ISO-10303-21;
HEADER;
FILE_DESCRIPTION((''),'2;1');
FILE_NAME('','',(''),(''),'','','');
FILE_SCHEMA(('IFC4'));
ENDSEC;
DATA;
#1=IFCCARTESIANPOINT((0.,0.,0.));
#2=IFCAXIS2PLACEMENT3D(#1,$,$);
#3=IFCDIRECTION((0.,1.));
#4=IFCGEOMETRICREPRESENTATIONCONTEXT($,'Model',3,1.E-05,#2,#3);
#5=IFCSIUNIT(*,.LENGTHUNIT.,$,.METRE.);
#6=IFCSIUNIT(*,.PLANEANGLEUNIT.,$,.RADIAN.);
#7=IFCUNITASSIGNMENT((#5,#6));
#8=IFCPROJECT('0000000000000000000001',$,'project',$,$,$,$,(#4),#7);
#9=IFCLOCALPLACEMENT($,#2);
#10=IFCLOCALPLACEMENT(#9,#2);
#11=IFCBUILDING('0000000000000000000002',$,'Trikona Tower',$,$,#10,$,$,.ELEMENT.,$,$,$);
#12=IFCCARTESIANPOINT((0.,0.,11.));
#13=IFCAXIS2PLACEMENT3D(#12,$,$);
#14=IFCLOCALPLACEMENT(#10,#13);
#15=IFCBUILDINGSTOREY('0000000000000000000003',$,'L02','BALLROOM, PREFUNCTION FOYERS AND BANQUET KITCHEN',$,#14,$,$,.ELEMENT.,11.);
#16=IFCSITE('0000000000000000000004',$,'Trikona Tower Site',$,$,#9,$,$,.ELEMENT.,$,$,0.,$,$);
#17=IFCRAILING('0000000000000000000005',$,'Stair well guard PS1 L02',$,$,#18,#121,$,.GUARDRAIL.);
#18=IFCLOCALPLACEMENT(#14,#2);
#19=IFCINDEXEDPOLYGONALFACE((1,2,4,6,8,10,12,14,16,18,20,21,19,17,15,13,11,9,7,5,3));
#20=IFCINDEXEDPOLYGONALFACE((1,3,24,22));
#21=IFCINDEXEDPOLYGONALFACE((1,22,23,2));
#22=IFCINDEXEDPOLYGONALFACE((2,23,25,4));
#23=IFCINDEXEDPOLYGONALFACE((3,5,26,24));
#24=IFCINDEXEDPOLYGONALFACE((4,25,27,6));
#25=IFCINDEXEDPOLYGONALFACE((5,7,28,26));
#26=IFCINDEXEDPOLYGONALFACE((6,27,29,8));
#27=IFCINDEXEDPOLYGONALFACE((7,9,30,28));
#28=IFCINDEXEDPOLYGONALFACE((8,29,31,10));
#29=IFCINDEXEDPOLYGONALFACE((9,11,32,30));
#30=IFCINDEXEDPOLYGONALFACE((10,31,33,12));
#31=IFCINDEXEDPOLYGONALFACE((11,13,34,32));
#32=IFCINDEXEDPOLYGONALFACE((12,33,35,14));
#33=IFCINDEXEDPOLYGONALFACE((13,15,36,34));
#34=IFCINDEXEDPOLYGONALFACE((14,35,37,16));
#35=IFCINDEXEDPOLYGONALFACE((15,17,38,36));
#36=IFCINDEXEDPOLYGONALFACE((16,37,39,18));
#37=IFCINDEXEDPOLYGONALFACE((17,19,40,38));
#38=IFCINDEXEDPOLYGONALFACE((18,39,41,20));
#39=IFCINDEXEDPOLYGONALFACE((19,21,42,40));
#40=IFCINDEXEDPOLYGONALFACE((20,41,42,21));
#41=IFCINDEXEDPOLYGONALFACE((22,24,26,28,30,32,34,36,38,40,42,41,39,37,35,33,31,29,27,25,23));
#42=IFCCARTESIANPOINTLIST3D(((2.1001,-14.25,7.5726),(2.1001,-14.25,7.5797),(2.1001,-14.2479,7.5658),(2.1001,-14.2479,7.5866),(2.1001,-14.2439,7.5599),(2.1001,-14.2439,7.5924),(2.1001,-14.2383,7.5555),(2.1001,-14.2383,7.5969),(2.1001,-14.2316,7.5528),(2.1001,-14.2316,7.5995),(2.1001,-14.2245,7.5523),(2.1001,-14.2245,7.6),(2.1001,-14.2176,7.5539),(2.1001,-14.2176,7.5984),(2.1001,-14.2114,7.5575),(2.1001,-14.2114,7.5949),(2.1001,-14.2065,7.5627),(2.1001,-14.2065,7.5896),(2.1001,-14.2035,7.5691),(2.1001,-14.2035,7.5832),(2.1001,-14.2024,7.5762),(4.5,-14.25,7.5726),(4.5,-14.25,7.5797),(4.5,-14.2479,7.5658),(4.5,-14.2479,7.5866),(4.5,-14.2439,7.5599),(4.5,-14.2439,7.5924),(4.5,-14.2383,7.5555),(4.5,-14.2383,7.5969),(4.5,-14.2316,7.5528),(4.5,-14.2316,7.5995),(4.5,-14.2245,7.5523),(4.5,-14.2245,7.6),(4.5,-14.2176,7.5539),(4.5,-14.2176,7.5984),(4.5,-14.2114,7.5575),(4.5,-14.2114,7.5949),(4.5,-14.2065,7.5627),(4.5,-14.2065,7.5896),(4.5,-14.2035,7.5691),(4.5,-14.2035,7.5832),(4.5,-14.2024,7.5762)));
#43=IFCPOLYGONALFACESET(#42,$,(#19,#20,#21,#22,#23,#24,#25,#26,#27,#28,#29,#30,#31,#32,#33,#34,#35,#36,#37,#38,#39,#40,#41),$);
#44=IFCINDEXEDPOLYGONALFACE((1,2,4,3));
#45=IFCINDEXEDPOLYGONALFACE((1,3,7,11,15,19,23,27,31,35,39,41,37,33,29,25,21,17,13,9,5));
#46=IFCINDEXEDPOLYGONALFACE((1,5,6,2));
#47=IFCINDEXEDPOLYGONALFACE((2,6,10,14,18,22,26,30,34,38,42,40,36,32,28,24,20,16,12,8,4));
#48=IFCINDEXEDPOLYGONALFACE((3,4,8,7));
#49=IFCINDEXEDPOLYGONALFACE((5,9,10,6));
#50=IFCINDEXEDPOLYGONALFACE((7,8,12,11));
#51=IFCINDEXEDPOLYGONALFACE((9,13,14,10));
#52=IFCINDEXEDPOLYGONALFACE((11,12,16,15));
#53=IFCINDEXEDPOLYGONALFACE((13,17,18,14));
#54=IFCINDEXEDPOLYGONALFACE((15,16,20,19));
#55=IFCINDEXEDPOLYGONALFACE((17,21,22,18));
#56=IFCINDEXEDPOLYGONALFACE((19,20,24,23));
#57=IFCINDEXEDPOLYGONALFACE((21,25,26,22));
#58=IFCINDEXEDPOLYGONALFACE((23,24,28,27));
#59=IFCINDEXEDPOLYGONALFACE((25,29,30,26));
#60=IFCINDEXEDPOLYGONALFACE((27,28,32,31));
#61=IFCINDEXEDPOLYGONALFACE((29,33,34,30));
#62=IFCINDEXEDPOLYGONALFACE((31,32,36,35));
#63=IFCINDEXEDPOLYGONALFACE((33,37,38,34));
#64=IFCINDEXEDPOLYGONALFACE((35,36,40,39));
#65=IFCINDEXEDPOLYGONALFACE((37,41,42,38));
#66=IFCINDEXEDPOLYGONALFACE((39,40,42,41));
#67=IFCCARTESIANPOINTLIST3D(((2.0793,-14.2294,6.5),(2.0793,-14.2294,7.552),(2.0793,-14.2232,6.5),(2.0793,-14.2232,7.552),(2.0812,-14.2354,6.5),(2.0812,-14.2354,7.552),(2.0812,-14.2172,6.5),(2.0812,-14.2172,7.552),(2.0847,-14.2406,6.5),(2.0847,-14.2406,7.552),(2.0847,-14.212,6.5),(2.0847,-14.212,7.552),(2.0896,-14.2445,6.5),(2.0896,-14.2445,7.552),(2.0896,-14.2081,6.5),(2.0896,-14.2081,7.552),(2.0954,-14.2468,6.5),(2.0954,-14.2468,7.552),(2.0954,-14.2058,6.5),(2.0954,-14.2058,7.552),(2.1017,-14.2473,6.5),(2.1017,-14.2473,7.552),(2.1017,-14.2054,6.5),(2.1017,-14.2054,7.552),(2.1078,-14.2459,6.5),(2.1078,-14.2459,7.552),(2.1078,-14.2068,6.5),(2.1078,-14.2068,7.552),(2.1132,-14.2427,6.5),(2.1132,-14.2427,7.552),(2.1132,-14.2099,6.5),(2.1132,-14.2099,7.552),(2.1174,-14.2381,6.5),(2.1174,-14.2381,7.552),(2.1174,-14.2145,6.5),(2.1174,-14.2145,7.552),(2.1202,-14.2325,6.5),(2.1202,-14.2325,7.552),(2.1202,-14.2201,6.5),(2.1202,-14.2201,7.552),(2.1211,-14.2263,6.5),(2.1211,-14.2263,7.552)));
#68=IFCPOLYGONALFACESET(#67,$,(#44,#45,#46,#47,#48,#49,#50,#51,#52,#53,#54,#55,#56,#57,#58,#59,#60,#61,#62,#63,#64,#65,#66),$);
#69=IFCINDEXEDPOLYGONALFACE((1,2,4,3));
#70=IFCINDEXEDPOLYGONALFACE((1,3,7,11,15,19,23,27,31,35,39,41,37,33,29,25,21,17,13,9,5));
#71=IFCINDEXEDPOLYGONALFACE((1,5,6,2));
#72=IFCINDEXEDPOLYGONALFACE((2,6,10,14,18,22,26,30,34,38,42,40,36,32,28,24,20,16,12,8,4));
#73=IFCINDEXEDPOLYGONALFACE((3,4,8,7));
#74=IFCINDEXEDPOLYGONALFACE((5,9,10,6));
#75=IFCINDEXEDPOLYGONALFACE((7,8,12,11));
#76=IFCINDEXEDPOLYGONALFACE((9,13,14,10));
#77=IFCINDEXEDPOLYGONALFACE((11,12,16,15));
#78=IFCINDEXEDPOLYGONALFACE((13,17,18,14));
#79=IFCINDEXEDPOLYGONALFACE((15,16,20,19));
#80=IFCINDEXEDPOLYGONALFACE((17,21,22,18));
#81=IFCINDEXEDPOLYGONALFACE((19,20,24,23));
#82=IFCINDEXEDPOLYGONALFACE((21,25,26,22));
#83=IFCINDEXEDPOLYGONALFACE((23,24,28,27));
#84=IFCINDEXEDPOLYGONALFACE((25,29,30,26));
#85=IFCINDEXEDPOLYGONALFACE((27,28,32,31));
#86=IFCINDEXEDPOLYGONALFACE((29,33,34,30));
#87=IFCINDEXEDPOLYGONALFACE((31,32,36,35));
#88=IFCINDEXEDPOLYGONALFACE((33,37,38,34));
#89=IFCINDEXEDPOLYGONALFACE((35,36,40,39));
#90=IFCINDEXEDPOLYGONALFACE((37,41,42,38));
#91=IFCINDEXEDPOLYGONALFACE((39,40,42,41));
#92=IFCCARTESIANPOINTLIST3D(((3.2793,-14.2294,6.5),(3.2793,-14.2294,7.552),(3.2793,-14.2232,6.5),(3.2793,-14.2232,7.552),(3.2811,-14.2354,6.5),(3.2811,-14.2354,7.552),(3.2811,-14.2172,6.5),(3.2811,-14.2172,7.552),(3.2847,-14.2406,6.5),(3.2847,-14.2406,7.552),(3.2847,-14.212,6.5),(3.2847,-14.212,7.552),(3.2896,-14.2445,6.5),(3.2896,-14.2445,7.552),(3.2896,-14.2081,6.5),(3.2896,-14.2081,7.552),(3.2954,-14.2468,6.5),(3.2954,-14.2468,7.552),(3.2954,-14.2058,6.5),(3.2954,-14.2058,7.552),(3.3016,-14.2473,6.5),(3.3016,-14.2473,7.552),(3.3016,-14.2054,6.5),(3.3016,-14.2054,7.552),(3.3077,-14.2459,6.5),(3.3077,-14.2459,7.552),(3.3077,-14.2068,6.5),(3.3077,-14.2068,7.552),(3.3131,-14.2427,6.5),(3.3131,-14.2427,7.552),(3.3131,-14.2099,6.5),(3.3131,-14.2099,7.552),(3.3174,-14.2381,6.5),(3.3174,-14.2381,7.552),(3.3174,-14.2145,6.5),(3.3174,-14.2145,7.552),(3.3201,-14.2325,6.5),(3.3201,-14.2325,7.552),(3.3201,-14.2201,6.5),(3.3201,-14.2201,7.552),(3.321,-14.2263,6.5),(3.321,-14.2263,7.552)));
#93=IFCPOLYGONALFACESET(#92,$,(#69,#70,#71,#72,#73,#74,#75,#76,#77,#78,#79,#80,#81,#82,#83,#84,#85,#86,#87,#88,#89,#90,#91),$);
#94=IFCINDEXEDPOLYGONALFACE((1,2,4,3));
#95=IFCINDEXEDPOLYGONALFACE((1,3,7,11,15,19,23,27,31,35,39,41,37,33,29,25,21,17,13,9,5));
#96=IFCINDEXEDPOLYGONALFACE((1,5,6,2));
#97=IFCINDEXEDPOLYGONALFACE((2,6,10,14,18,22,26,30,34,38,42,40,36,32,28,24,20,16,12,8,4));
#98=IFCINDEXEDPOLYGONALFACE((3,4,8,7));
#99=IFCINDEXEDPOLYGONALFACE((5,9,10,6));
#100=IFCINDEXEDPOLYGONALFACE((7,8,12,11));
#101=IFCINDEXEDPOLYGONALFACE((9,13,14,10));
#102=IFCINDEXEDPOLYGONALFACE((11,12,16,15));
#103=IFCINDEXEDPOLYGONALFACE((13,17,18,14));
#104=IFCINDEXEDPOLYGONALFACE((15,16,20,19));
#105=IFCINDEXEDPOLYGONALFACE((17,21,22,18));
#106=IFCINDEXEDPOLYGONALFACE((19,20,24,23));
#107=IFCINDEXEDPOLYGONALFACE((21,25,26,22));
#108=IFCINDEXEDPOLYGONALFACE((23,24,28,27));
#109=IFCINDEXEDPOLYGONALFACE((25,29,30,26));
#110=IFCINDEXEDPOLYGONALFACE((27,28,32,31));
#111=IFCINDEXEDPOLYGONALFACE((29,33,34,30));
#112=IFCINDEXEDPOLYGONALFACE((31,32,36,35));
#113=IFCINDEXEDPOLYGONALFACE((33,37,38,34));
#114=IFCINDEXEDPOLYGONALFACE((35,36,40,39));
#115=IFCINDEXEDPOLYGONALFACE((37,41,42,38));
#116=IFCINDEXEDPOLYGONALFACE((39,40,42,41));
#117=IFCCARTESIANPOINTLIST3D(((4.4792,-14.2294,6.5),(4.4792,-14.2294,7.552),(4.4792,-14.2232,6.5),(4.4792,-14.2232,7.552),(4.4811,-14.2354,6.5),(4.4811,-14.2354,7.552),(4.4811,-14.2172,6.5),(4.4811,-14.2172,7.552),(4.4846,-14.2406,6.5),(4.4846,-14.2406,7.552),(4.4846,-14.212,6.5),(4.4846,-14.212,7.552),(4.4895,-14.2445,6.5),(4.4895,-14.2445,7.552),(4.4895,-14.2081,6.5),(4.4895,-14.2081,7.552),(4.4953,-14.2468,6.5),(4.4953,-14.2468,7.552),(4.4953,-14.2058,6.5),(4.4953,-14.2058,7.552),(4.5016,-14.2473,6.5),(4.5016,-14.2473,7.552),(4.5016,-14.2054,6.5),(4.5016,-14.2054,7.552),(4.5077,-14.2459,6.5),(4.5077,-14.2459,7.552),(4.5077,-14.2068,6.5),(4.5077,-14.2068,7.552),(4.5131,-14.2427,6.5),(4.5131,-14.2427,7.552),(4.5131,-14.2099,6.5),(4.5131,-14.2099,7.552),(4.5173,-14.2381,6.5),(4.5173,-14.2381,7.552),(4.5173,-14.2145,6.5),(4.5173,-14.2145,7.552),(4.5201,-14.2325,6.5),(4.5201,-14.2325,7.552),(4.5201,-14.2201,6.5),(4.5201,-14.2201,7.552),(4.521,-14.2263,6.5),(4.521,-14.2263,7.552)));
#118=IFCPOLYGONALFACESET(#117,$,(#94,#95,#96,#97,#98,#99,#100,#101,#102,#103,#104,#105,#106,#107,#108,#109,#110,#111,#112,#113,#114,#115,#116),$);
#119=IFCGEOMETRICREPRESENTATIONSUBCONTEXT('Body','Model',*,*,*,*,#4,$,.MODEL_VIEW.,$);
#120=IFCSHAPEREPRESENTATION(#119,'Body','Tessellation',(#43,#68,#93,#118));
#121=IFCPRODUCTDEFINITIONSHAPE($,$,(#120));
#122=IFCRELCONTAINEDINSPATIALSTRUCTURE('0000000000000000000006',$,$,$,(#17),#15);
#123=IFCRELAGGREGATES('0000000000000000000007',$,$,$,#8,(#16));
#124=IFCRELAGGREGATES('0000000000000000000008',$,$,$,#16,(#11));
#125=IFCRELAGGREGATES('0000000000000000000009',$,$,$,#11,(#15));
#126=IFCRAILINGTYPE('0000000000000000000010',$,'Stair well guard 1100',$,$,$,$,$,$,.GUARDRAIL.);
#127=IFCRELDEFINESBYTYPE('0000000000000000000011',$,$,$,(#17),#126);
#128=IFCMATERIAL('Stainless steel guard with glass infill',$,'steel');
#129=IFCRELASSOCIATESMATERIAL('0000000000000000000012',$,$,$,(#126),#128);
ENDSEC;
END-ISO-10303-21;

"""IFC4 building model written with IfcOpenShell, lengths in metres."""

from ifc_helpers import new_model, si_unit, direction, frame, origin, origin_2d, place, context, subcontext, project, spatial, circle, extrude, material, type_object, element, save


model = new_model("IFC4")

# Units and contexts
model_context = context("Model", 3, precision=1e-05, world=origin(), true_north=direction((0.0, 1.0)))
body_context = subcontext(model_context, "Body", "Model", "MODEL_VIEW")
ifc_project = project(units=[si_unit("LENGTHUNIT", "METRE"), si_unit("PLANEANGLEUNIT", "RADIAN")], contexts=[model_context])

# Site, building, storey
site_placement = place(None, origin())
site = spatial("IfcSite", under=ifc_project, at=site_placement, Name="Trikona Tower Site", CompositionType="ELEMENT", RefElevation=0.0)
building_placement = place(site_placement, origin())
building = spatial("IfcBuilding", under=site, at=building_placement, Name="Trikona Tower", CompositionType="ELEMENT")
storey_placement = place(building_placement, frame((0.0, 0.0, 11.0)))
storey = spatial("IfcBuildingStorey", under=building, at=storey_placement, Name="L02", Description="BALLROOM, PREFUNCTION FOYERS AND BANQUET KITCHEN", CompositionType="ELEMENT", Elevation=11.0)

# Railing
ifc_material_1 = material(Name="Stainless steel guard with glass infill", Category="steel")
railing_type_1 = type_object("IfcRailingType", Name="Stair well guard 1100", PredefinedType="GUARDRAIL", material=ifc_material_1)
railing_1_placement = place(storey_placement, frame((2.1001, -14.2263, 6.5)))
element("IfcRailing", 1, at=railing_1_placement, inside=storey, type_object=railing_type_1, Name="Stair well guard PS1 L02", PredefinedType="GUARDRAIL", context=body_context, shape_type="SweptSolid", body=[
    extrude(circle(Radius=0.0239, at=origin_2d()), frame((0.0, 0.0, 1.0762), z_axis=(1.0, 0.0, 0.0), x_axis=(0.0, 1.0, 0.0)), (0.0, 0.0, 1.0), 2.3999),
    extrude(circle(Radius=0.021, at=origin_2d()), origin(), (0.0, 0.0, 1.0), 1.052),
    extrude(circle(Radius=0.021, at=origin_2d()), frame((1.2, 0.0, 0.0)), (0.0, 0.0, 1.0), 1.052),
    extrude(circle(Radius=0.021, at=origin_2d()), frame((2.3999, 0.0, 0.0)), (0.0, 0.0, 1.0), 1.052),
])

save(model, "model.ifc")
